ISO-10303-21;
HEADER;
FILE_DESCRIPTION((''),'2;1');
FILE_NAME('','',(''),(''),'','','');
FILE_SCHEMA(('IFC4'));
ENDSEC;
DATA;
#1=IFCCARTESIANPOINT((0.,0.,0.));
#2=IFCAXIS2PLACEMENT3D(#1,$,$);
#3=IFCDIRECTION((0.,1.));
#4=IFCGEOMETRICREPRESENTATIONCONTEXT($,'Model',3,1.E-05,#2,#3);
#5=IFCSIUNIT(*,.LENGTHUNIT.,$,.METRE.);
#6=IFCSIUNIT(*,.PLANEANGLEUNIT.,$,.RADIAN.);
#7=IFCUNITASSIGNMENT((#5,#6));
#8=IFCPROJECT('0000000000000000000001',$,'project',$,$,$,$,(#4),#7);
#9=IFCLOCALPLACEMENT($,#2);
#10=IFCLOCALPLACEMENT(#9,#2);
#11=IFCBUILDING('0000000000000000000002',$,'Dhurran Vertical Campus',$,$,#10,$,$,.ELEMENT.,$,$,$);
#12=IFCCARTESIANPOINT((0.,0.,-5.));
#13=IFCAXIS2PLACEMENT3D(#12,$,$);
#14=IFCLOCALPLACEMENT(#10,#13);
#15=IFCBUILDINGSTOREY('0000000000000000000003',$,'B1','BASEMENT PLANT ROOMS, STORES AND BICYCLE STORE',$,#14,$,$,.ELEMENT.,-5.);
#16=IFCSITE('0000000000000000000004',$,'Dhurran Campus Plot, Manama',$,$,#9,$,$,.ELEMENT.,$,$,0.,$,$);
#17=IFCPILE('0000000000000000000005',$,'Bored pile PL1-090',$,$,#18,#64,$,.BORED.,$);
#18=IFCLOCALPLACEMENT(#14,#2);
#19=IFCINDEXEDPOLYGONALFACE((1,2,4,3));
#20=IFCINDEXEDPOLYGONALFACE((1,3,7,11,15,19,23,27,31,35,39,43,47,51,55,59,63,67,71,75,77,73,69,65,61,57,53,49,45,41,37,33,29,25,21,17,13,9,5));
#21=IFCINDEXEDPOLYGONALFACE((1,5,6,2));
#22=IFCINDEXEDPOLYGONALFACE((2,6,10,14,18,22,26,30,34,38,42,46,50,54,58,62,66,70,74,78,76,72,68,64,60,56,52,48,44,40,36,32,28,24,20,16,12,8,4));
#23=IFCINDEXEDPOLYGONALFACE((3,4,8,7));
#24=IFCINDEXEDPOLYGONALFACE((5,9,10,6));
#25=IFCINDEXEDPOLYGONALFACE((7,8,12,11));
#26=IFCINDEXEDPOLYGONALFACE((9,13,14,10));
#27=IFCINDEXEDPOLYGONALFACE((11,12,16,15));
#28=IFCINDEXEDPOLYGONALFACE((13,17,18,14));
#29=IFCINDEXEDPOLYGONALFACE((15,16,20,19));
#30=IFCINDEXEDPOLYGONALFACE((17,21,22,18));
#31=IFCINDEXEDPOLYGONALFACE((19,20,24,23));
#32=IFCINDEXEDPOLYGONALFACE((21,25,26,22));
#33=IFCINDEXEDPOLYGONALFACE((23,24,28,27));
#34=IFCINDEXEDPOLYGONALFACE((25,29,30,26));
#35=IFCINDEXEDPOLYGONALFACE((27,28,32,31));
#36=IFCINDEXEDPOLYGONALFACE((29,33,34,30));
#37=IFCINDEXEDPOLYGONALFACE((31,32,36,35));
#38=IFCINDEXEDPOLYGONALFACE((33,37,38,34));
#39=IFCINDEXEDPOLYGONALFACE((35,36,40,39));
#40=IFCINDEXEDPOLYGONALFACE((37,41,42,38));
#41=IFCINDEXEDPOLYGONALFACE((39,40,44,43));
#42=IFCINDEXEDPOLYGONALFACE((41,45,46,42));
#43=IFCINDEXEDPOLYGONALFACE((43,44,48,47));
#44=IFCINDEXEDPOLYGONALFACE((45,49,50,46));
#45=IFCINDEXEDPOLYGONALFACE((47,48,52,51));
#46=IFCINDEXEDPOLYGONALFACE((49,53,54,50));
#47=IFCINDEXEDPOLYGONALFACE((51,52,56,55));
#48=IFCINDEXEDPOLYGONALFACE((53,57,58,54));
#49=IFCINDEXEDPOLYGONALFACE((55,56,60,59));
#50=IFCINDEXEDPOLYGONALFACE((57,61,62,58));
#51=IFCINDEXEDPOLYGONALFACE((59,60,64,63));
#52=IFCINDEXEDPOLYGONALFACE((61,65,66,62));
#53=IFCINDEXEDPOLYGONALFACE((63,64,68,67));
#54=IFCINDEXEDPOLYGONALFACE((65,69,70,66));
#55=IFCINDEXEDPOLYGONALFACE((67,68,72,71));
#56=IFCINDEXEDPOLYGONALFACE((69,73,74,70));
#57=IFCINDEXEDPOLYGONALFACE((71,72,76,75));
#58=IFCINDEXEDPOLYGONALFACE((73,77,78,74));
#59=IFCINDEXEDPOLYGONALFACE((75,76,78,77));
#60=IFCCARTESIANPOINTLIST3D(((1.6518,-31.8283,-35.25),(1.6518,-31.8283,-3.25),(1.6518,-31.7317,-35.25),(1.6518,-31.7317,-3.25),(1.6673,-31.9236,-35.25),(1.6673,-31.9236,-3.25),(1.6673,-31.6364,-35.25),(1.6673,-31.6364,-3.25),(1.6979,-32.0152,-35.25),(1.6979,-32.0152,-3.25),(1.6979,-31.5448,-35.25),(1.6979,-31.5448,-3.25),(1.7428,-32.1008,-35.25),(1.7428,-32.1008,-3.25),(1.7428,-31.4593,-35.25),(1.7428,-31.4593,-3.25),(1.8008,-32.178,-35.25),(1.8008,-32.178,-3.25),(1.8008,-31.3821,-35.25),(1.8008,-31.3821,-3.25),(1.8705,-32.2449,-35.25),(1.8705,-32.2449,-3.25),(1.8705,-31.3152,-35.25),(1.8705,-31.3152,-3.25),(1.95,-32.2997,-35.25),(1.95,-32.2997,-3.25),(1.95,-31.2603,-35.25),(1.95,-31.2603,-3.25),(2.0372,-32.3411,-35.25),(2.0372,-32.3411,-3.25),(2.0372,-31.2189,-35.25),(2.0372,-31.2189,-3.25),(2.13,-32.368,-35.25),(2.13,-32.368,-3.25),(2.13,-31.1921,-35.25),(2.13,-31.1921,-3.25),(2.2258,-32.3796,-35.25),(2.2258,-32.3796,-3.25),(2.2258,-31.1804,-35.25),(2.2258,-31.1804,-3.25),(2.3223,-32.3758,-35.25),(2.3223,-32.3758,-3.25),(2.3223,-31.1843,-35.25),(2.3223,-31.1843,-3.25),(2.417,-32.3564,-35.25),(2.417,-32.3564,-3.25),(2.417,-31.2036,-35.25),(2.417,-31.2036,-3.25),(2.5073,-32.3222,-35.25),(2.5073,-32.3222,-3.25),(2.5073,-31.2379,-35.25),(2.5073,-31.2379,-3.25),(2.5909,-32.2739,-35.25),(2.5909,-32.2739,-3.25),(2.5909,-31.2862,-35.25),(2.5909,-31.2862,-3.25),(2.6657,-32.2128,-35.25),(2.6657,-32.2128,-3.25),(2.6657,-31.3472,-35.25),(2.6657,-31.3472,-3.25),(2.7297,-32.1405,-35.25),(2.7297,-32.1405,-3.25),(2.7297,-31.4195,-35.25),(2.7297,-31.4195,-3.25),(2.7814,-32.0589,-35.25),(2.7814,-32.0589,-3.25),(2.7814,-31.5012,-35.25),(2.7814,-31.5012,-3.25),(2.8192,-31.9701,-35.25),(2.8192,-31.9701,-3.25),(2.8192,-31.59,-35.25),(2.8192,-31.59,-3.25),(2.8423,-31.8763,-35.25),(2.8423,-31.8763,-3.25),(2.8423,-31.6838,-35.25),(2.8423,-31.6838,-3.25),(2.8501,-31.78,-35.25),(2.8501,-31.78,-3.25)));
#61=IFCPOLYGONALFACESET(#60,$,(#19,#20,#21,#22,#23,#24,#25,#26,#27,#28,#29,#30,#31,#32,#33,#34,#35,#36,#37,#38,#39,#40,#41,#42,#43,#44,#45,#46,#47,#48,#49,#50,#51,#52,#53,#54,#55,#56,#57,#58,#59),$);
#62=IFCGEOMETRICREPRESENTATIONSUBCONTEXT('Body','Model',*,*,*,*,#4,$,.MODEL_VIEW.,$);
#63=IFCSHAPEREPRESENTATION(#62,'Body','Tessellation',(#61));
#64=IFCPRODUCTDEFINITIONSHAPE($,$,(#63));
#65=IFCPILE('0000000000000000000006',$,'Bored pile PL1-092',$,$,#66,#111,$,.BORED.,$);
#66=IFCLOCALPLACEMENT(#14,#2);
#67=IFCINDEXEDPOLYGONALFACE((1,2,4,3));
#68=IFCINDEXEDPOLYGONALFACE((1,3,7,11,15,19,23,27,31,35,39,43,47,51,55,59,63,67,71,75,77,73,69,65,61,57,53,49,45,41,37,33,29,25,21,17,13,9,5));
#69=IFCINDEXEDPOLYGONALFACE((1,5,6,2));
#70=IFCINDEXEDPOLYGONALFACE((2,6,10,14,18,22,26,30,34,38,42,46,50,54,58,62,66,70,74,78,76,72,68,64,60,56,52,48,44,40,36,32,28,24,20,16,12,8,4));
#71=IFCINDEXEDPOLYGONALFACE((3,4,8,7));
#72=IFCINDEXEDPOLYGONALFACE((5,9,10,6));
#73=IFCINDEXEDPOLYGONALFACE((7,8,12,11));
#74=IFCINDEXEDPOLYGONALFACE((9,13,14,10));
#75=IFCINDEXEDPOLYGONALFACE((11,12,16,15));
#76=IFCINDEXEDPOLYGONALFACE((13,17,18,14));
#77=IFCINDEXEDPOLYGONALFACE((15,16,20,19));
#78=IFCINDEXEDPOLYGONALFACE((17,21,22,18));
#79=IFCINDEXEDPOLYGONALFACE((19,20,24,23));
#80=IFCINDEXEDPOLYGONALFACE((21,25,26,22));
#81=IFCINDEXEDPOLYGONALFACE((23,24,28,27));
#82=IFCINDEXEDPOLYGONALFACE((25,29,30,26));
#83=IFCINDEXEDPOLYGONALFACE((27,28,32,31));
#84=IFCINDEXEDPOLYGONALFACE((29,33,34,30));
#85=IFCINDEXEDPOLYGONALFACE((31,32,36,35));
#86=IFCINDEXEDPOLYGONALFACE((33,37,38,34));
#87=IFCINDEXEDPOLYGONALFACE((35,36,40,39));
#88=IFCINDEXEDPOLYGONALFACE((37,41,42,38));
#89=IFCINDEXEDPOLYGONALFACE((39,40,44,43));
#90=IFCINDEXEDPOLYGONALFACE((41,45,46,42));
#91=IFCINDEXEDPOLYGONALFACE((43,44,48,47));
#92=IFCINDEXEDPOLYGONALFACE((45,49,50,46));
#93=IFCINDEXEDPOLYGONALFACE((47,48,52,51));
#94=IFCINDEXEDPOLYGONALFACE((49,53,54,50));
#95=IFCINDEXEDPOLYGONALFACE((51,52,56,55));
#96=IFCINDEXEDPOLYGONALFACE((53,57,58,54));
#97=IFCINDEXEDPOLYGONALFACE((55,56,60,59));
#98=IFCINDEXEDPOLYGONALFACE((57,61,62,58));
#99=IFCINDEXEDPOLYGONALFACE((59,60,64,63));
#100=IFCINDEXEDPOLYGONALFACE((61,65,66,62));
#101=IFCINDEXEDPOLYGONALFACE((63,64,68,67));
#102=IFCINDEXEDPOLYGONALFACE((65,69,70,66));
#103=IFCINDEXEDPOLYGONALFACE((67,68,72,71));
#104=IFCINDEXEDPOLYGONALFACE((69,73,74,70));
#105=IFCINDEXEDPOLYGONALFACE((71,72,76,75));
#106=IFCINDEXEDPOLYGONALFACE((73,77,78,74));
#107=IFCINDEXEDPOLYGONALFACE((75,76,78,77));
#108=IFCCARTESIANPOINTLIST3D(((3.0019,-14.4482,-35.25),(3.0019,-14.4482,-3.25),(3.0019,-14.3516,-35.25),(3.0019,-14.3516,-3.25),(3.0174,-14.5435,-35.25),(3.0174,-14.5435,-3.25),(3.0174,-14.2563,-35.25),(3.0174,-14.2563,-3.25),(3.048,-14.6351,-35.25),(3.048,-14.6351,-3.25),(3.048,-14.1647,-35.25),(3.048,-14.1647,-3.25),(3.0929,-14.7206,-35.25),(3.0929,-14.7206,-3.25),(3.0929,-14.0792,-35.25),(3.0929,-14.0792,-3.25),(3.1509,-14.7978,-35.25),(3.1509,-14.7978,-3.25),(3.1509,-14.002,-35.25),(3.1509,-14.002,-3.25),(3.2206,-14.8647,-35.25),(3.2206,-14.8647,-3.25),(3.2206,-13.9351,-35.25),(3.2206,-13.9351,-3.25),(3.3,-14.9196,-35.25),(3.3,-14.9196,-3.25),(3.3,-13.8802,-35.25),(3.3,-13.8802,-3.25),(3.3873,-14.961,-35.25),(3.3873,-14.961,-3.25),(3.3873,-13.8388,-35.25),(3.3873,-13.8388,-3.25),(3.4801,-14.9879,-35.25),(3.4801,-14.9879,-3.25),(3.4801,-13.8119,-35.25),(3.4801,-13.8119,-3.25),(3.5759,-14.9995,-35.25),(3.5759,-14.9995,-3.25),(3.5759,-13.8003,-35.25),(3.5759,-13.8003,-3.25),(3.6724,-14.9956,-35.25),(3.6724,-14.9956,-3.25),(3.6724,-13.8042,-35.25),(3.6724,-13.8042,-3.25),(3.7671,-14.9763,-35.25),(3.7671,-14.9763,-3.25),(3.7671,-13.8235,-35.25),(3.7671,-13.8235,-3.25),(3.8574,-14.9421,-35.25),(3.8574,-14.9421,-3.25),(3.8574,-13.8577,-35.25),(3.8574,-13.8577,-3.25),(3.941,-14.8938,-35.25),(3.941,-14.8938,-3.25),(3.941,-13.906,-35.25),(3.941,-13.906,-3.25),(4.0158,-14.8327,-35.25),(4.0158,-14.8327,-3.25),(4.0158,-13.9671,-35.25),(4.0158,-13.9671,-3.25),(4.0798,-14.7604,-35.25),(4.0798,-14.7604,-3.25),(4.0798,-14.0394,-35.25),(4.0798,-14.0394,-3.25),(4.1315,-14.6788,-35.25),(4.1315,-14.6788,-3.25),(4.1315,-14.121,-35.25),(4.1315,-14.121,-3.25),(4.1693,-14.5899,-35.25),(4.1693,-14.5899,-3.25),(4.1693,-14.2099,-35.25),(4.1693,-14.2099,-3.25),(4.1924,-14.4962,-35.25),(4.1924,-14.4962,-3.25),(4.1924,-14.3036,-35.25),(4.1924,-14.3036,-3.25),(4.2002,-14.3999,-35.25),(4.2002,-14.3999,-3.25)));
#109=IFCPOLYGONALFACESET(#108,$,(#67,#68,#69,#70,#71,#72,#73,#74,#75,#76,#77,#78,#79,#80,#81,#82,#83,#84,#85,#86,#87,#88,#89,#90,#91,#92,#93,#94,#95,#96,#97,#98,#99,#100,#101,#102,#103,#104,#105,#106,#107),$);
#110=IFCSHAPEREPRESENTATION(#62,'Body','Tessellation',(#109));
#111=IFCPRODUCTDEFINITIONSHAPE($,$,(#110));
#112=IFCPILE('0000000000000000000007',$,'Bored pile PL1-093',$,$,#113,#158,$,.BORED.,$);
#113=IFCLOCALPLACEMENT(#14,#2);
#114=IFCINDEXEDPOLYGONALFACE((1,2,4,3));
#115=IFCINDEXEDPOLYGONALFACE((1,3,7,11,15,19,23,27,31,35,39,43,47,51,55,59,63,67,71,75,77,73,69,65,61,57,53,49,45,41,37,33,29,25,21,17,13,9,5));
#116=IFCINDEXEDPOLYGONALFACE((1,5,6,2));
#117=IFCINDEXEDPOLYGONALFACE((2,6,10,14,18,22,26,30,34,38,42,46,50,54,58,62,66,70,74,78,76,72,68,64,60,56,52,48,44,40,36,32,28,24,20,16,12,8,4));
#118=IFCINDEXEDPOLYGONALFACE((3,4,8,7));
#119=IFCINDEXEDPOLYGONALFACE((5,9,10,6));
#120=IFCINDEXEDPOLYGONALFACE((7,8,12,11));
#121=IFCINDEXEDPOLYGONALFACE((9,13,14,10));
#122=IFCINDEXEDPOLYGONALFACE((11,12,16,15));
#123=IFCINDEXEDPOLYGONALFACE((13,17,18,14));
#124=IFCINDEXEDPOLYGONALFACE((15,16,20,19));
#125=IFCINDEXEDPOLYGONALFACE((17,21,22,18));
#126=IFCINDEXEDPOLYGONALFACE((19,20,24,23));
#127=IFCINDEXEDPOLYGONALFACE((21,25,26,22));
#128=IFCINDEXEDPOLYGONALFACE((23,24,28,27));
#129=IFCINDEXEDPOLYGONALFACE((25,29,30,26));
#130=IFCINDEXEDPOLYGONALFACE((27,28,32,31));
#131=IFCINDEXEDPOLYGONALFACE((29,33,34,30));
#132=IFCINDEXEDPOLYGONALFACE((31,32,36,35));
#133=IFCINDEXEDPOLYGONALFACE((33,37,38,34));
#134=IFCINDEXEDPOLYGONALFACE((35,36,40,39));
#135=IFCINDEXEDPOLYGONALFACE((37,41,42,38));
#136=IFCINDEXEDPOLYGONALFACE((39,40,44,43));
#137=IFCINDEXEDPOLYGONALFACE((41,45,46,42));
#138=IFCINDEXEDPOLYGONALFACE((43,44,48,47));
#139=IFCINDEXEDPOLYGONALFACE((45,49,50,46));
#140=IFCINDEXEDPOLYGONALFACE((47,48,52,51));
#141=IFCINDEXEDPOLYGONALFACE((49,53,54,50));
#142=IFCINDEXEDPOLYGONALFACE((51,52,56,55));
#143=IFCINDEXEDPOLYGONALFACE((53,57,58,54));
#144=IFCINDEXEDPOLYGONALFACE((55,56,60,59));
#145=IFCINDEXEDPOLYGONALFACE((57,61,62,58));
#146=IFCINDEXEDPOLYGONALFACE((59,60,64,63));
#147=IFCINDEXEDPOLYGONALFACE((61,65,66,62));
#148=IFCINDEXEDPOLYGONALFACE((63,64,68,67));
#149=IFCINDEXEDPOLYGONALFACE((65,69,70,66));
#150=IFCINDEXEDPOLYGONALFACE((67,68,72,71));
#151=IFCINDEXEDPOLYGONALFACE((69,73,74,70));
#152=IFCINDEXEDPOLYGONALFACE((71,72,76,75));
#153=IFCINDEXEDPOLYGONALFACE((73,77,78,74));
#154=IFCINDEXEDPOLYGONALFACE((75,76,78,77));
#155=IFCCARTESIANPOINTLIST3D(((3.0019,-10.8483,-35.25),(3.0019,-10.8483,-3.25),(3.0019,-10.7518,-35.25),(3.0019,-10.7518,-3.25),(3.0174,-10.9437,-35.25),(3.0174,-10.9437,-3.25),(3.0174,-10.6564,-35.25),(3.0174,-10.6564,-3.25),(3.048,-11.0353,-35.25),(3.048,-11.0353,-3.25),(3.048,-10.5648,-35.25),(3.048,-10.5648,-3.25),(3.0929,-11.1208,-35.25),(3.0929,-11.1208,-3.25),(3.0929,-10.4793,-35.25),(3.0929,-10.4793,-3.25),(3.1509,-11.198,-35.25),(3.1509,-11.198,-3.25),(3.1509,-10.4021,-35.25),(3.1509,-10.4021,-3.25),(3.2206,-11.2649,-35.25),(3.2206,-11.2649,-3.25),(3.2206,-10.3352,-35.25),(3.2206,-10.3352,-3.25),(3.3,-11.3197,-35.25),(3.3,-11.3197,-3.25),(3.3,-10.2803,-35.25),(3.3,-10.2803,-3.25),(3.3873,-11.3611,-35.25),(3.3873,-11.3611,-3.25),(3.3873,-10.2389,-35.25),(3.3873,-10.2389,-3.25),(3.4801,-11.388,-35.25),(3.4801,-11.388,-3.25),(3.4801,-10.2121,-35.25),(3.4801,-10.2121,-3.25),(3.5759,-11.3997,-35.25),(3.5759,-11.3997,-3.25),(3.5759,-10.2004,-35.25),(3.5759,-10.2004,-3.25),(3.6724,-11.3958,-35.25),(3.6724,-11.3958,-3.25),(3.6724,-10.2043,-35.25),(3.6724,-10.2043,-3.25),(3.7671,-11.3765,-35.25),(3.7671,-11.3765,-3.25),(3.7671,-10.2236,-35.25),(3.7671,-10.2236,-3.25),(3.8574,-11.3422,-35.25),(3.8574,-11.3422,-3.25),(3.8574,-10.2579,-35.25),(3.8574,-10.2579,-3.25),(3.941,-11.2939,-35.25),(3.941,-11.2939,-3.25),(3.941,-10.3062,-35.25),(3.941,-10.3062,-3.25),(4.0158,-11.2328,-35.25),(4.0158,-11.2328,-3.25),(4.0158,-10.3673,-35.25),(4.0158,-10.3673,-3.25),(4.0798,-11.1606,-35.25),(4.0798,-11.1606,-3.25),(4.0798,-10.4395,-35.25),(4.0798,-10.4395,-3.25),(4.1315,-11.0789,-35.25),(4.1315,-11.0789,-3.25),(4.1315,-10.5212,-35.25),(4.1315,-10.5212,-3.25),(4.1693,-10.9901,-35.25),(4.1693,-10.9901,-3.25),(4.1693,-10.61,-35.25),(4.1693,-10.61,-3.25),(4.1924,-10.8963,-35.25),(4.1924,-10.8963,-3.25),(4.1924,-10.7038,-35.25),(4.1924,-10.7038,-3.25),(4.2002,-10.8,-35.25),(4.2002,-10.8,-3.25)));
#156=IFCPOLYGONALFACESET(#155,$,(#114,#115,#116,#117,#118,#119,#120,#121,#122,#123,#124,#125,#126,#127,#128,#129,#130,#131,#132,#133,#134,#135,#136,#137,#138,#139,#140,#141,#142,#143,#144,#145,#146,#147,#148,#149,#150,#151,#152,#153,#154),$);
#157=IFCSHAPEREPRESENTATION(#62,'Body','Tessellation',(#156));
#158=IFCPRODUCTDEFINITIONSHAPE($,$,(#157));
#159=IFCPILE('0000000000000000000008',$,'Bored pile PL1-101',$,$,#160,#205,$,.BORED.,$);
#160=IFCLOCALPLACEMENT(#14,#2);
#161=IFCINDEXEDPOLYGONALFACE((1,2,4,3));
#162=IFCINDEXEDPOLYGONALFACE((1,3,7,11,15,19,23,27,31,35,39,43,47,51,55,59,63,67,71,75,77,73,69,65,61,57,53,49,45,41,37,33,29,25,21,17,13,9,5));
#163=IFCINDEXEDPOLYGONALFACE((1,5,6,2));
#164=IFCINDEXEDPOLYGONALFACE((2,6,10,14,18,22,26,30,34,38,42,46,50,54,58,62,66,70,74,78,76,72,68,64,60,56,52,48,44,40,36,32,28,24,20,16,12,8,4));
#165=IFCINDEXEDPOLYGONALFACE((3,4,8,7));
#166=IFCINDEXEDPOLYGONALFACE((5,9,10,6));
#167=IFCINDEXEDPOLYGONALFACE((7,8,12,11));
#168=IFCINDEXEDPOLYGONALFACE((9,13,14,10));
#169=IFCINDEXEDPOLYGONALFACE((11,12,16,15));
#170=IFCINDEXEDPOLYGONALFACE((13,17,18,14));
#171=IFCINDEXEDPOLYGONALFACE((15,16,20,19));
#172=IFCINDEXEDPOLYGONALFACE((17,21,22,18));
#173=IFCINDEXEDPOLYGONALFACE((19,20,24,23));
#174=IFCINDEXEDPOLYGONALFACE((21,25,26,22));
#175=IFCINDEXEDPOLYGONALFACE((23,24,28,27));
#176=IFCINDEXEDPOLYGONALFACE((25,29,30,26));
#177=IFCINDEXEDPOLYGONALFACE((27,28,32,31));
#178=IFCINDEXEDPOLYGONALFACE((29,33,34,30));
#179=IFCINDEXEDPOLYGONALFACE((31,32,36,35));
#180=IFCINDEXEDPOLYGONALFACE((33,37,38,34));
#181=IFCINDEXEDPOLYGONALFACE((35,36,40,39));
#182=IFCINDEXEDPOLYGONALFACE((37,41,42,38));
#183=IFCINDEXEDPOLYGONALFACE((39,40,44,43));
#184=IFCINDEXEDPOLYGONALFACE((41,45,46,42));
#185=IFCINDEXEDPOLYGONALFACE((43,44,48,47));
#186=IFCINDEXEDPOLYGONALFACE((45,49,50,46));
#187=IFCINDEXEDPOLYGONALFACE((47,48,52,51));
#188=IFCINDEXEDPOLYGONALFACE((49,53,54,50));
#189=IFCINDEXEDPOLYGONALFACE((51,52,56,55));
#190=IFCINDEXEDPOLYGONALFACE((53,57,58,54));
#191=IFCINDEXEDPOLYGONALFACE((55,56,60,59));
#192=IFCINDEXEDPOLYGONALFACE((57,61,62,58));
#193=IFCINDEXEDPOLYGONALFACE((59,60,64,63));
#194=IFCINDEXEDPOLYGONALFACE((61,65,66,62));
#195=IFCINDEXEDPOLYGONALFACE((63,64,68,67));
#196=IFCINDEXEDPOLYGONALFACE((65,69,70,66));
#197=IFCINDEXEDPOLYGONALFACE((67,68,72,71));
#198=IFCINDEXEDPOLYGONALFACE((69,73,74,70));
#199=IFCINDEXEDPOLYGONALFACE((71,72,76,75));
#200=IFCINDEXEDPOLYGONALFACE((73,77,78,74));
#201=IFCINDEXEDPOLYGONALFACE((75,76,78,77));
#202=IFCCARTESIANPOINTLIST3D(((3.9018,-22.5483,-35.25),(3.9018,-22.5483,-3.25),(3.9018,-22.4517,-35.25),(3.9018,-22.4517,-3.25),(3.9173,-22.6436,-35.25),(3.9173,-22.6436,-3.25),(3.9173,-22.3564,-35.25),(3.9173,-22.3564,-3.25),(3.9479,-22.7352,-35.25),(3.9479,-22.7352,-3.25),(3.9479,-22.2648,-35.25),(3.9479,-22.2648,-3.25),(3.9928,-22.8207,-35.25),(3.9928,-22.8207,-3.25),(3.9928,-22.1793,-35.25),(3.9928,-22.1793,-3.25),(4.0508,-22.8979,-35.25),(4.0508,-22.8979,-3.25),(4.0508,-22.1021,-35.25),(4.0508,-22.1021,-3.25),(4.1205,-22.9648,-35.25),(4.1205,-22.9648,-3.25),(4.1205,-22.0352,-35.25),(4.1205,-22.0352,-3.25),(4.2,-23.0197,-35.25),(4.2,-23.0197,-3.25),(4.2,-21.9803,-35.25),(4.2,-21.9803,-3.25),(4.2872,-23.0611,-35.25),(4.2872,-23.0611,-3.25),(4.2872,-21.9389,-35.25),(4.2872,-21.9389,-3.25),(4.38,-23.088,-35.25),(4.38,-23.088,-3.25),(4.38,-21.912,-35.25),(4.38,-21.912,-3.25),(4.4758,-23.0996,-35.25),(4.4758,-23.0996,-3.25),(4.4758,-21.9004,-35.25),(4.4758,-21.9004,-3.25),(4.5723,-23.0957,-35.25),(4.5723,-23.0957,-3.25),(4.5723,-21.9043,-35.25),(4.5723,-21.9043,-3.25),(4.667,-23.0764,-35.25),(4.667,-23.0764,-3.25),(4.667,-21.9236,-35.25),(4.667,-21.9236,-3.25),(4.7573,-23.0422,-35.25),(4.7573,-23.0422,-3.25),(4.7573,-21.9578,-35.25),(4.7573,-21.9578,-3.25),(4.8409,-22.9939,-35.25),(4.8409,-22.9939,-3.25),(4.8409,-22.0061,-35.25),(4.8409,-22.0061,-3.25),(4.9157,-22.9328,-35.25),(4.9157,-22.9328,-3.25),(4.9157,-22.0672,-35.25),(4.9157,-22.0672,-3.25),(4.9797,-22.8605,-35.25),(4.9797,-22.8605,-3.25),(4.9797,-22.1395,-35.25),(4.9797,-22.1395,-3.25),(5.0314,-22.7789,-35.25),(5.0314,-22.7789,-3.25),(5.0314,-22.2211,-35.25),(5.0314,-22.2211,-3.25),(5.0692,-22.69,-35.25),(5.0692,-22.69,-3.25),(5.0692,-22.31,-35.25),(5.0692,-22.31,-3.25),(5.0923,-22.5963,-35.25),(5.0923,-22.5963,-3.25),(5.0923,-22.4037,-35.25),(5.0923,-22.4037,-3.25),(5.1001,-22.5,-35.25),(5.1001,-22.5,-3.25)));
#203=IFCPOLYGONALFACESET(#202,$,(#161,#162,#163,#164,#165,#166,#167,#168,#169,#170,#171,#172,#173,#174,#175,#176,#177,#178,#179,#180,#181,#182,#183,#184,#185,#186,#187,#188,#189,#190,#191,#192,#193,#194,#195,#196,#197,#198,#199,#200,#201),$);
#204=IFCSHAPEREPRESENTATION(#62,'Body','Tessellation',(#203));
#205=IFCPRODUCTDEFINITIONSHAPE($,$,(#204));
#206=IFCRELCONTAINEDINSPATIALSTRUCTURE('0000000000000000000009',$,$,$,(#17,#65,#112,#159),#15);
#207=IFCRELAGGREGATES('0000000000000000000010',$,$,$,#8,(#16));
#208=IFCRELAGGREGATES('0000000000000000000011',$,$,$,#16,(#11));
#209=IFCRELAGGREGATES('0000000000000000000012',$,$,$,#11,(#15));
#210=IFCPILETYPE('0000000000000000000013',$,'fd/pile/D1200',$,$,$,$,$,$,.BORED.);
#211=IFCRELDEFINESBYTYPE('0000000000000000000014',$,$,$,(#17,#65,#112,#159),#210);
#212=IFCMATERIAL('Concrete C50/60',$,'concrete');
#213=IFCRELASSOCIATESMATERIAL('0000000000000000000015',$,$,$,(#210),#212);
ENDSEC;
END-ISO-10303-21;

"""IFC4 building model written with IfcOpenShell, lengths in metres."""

from ifc_helpers import new_model, si_unit, direction, frame, origin, origin_2d, place, context, subcontext, project, spatial, circle, extrude, material, material_profile, profile_set, type_object, element, save


model = new_model("IFC4")

# Units and contexts
model_context = context("Model", 3, precision=1e-05, world=origin(), true_north=direction((0.0, 1.0)))
body_context = subcontext(model_context, "Body", "Model", "MODEL_VIEW")
ifc_project = project(units=[si_unit("LENGTHUNIT", "METRE"), si_unit("PLANEANGLEUNIT", "RADIAN")], contexts=[model_context])

# Site, building, storey
site_placement = place(None, origin())
site = spatial("IfcSite", under=ifc_project, at=site_placement, Name="Dhurran Campus Plot, Manama", CompositionType="ELEMENT", RefElevation=0.0)
building_placement = place(site_placement, origin())
building = spatial("IfcBuilding", under=site, at=building_placement, Name="Dhurran Vertical Campus", CompositionType="ELEMENT")
storey_placement = place(building_placement, frame((0.0, 0.0, -5.0)))
storey = spatial("IfcBuildingStorey", under=building, at=storey_placement, Name="B1", Description="BASEMENT PLANT ROOMS, STORES AND BICYCLE STORE", CompositionType="ELEMENT", Elevation=-5.0)

# Piles
ifc_material_1 = material(Name="Concrete C50/60", Category="concrete")
ifc_material_profile_1 = material_profile(ifc_material_1, circle(Radius=0.6001, at=origin_2d()), Name="fd/pile/D1200")
ifc_profile_set_1 = profile_set([ifc_material_profile_1], Name="Concrete C50/60")
pile_type = type_object("IfcPileType", Name="fd/pile/D1200", PredefinedType="BORED", material=ifc_profile_set_1)
for number, where, z_axis, x_axis, name in (
    (1, (2.25, -31.78, -3.25), (0.0, 0.0, -1.0), (1.0, 0.0, 0.0), "Bored pile PL1-090"),
    (2, (3.6001, -14.3999, -3.25), (0.0, 0.0, -1.0), (1.0, 0.0, 0.0), "Bored pile PL1-092"),
    (3, (3.6001, -10.8, -3.25), (0.0, 0.0, -1.0), (1.0, 0.0, 0.0), "Bored pile PL1-093"),
    (4, (4.5, -22.5, -3.25), (0.0, 0.0, -1.0), (1.0, 0.0, 0.0), "Bored pile PL1-101"),
):
    element("IfcPile", number, at=place(storey_placement, frame(where, z_axis=z_axis, x_axis=x_axis)), inside=storey, type_object=pile_type, Name=name, PredefinedType="BORED", context=body_context, shape_type="SweptSolid", body=[
        extrude(circle(Radius=0.6001, at=origin_2d()), origin(), (0.0, 0.0, 1.0), 32.0),
    ])

save(model, "model.ifc")
